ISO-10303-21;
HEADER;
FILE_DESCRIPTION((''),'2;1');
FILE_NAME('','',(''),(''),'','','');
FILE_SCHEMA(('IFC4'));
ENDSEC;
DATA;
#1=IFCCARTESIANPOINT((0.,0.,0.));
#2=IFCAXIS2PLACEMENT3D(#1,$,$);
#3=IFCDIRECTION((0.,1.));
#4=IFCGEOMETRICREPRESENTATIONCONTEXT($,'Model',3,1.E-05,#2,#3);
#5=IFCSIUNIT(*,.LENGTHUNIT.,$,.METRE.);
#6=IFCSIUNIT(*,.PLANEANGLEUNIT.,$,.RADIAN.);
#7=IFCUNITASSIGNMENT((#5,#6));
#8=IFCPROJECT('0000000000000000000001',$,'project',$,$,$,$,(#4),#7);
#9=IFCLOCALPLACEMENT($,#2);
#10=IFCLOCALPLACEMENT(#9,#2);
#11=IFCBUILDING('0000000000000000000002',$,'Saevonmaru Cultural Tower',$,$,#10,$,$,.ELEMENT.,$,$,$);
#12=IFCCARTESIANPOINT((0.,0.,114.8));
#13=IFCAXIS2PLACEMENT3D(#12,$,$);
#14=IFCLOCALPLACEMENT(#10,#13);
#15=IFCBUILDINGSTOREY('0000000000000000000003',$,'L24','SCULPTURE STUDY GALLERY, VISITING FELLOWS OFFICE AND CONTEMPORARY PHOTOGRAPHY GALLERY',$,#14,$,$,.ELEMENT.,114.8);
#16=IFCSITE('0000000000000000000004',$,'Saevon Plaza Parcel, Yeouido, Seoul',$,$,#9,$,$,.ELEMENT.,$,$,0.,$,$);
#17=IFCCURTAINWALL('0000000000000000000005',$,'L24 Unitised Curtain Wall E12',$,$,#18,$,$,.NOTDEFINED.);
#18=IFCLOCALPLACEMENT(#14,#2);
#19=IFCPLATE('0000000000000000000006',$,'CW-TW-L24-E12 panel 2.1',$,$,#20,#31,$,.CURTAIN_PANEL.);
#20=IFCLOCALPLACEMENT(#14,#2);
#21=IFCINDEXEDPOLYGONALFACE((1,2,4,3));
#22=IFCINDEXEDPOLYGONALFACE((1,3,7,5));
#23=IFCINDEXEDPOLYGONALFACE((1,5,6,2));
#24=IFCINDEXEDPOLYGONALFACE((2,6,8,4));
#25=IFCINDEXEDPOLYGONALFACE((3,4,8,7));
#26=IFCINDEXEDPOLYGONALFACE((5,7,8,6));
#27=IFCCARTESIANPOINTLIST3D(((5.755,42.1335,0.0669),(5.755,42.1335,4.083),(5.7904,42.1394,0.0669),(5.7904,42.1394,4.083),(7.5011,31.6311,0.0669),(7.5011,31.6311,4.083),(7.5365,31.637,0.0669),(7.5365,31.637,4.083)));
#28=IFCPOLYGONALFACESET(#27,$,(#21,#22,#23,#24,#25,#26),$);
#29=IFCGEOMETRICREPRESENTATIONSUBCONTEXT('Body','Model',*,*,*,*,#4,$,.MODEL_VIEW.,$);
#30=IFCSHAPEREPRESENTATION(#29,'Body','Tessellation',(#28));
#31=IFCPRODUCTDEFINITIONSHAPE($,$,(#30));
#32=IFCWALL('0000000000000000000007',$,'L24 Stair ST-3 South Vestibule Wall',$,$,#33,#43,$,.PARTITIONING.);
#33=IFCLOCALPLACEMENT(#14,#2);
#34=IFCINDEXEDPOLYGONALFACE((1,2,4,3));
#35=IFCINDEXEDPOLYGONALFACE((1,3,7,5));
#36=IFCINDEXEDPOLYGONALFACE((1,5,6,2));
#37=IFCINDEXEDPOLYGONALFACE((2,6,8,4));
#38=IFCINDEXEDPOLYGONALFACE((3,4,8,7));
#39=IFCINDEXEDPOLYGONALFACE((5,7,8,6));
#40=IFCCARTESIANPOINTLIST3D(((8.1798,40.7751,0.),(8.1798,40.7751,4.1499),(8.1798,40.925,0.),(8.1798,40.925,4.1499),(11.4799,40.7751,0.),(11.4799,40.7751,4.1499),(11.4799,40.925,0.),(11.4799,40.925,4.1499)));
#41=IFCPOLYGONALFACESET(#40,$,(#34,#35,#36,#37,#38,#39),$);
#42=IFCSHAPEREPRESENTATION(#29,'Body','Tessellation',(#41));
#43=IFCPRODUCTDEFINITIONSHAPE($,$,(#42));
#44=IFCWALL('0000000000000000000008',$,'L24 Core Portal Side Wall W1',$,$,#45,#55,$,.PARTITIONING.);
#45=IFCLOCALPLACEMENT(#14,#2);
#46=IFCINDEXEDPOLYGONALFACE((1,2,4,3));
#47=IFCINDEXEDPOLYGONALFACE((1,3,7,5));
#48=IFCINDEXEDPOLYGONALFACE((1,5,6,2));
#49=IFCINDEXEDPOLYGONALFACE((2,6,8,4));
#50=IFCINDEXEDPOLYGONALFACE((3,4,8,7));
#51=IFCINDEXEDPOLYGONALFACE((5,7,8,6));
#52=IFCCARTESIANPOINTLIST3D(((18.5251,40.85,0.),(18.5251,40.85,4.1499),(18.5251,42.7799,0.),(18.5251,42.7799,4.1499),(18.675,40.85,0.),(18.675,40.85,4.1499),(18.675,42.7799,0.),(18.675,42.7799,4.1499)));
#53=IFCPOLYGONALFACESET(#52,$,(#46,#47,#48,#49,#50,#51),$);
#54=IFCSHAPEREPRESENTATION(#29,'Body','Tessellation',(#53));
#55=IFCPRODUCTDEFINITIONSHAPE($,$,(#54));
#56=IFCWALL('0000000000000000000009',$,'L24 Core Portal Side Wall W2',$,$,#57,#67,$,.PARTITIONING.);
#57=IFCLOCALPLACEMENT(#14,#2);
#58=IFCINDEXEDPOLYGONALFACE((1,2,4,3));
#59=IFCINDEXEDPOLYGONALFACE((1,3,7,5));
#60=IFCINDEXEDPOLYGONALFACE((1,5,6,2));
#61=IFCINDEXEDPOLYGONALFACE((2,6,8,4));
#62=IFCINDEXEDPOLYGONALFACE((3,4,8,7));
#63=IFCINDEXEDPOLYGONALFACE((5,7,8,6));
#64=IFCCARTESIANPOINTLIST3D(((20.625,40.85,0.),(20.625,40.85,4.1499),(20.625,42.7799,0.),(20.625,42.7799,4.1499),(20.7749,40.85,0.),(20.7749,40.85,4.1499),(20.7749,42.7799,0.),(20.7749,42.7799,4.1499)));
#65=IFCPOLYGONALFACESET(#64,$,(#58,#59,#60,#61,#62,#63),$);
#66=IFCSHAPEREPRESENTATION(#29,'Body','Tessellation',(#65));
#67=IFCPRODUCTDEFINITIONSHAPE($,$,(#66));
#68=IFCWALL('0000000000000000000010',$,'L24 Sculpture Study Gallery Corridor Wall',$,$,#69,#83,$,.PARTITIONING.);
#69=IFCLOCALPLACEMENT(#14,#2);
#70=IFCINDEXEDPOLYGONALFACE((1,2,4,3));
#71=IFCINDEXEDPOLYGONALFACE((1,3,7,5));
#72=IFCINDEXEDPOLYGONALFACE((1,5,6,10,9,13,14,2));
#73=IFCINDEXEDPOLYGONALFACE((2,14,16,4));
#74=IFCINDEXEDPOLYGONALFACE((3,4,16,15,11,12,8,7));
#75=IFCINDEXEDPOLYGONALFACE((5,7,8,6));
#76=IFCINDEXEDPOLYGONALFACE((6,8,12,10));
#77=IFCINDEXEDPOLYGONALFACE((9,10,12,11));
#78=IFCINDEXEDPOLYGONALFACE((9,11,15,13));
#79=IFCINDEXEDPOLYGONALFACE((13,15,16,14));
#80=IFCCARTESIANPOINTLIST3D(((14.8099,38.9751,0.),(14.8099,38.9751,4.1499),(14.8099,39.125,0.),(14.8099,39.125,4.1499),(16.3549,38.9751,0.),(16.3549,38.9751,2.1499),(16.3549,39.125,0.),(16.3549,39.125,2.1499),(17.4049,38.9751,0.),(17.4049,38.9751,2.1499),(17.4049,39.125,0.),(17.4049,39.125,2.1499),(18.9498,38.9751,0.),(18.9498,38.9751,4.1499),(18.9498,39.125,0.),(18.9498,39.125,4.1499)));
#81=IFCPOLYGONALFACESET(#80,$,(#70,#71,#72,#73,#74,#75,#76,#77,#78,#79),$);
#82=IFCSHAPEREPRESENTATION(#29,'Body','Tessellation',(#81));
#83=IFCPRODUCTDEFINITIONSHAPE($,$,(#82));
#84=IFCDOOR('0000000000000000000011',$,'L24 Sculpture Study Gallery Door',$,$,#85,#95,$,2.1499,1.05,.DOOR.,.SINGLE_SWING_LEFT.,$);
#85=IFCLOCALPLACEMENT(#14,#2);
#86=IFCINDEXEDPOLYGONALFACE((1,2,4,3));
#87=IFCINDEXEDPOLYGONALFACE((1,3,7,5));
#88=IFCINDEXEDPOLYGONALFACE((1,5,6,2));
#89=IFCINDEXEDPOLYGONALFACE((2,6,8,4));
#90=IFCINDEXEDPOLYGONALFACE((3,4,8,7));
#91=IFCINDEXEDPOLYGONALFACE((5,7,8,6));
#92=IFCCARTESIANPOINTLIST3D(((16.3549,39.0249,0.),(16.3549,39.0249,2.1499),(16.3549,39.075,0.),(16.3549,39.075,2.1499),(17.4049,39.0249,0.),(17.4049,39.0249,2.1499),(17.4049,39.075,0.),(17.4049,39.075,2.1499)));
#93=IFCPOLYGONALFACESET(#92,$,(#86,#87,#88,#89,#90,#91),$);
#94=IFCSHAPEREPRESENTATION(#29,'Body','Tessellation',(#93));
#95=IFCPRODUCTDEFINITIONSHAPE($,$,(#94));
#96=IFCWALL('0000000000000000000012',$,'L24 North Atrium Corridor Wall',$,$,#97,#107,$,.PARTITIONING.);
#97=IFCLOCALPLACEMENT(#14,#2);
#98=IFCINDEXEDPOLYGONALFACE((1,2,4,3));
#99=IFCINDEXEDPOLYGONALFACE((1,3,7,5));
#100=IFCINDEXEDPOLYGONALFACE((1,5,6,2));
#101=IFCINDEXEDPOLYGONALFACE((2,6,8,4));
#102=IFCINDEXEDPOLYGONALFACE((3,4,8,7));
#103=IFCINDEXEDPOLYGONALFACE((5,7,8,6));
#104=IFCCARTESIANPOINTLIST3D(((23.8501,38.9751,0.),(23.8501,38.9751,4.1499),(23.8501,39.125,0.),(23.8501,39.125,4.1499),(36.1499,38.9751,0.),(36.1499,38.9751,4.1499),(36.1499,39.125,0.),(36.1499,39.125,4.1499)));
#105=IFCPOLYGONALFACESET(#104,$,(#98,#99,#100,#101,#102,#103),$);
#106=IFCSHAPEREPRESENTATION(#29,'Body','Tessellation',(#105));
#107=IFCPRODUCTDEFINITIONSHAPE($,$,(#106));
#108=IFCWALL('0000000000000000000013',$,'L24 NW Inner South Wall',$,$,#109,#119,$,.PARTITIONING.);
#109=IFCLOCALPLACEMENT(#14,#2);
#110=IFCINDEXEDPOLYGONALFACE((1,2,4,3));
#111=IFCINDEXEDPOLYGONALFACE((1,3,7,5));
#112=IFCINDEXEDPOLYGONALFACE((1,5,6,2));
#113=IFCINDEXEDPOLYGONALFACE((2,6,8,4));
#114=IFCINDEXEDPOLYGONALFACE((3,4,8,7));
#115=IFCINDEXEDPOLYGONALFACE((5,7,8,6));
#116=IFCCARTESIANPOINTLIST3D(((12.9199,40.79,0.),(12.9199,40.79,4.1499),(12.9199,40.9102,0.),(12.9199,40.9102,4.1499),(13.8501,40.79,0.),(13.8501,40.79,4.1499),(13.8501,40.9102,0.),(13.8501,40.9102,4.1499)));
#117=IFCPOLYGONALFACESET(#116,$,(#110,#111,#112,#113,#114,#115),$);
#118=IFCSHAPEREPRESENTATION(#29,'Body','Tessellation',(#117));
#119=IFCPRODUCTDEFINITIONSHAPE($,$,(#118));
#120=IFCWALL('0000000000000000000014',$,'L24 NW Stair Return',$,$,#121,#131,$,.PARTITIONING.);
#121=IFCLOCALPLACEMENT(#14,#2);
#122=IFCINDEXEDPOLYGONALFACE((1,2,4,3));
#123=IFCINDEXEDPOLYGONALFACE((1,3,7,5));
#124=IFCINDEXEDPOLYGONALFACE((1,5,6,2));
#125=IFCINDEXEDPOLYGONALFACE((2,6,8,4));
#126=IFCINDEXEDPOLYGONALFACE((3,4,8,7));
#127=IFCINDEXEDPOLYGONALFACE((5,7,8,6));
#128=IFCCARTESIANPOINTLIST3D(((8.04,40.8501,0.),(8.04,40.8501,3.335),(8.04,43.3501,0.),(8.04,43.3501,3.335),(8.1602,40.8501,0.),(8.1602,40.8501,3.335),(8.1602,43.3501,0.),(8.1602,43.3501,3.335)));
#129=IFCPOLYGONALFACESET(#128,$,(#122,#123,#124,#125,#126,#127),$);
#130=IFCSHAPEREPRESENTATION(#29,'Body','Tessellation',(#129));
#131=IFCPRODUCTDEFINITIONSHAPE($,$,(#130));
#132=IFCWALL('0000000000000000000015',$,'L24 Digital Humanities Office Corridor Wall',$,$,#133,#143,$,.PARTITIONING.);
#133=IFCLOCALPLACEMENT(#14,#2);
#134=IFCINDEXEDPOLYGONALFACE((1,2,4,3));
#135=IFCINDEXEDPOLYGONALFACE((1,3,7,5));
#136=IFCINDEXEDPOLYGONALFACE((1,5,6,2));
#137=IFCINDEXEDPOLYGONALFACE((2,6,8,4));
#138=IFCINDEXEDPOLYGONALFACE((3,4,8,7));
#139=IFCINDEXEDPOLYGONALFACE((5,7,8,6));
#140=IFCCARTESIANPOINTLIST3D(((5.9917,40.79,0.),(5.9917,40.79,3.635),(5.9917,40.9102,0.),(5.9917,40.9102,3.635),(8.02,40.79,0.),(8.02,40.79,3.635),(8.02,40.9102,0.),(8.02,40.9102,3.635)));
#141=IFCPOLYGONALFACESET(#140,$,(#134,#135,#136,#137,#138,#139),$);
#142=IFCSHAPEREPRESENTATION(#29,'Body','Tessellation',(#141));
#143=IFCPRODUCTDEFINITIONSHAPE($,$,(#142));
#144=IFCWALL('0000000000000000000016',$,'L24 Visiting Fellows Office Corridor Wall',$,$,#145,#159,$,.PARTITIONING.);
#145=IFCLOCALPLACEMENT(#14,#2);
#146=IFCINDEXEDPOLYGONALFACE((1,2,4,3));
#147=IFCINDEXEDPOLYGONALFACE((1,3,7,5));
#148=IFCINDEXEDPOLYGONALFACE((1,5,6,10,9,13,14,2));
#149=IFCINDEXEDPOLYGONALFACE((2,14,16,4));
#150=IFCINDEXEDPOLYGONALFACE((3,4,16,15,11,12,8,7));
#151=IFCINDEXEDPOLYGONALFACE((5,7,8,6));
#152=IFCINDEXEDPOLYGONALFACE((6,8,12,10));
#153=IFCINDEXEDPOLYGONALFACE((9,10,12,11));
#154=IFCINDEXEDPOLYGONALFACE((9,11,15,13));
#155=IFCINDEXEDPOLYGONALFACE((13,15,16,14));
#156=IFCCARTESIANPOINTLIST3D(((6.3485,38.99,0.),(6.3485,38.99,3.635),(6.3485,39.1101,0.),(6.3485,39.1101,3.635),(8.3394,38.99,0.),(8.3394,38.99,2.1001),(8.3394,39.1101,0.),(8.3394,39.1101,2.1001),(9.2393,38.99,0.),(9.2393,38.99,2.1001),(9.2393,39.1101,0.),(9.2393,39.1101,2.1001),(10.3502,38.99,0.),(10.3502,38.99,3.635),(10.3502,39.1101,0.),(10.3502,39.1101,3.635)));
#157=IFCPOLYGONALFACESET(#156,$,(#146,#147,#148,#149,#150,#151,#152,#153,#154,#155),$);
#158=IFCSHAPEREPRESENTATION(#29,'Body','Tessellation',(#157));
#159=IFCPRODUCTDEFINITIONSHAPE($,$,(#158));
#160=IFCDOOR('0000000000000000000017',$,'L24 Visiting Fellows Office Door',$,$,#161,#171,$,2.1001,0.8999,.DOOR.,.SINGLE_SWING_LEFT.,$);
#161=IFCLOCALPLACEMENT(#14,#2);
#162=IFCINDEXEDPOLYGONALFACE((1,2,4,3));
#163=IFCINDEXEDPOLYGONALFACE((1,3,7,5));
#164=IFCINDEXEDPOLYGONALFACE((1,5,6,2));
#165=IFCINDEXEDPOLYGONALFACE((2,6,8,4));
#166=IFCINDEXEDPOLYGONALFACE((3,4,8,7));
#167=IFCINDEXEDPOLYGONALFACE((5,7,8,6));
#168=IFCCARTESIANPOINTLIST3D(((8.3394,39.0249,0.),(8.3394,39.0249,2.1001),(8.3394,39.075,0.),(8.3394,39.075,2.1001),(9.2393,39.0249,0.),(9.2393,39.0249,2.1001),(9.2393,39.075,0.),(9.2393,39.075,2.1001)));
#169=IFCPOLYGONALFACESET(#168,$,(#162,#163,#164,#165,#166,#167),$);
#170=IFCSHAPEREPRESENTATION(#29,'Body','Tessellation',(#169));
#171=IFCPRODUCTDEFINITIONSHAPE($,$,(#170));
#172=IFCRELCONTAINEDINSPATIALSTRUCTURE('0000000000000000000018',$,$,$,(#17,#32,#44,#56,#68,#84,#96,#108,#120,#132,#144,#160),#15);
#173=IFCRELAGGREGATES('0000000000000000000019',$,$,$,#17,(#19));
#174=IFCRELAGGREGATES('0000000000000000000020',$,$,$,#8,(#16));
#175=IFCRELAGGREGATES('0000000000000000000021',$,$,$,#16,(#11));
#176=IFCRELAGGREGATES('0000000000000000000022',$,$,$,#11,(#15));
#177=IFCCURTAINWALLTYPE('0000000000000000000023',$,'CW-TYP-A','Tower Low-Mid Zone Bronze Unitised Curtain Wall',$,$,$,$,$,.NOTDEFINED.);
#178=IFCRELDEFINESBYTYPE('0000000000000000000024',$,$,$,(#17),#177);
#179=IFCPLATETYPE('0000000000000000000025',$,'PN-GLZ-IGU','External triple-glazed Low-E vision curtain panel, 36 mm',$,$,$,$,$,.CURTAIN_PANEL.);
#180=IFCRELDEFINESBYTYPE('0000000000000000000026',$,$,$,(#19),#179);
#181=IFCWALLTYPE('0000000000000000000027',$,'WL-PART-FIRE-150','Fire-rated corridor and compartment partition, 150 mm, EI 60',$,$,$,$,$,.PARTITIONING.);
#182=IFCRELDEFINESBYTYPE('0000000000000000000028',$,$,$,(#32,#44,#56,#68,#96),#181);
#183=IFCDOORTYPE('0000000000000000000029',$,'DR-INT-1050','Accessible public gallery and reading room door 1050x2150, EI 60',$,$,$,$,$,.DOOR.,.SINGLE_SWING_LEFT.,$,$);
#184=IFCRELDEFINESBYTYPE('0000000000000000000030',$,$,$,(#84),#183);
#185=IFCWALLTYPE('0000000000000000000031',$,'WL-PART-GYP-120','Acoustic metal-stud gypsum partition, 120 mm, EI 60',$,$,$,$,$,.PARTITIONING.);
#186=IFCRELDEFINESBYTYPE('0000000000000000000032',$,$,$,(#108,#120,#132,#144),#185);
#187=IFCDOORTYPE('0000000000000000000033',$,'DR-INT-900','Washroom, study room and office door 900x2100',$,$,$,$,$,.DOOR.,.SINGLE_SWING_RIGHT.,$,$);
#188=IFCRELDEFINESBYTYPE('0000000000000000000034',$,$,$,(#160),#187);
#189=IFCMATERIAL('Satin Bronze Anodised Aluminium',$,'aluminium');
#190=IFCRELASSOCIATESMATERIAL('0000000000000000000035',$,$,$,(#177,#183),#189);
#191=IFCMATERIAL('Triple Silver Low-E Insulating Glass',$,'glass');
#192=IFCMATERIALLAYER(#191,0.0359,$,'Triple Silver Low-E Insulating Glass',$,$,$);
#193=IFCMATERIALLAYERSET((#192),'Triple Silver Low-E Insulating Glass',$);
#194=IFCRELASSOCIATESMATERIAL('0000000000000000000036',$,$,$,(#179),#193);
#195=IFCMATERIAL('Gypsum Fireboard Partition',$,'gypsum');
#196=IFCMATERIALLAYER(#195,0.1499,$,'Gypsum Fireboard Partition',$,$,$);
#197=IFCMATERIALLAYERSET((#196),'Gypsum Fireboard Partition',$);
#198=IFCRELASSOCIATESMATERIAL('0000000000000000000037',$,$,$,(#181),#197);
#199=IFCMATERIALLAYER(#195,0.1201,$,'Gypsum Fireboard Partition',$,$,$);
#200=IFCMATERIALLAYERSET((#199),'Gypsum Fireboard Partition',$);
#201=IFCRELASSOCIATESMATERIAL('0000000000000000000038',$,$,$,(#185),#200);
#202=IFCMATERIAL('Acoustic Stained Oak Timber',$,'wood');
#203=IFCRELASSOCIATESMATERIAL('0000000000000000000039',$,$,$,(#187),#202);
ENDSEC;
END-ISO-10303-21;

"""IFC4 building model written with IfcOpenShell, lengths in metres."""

from ifc_helpers import new_model, si_unit, direction, frame, frame_2d, origin, origin_2d, place, context, subcontext, project, spatial, rectangle, extrude, material, layer, layer_set, type_object, element, fill, aggregate, save


model = new_model("IFC4")

# Units and contexts
model_context = context("Model", 3, precision=1e-05, world=origin(), true_north=direction((0.0, 1.0)))
body_context = subcontext(model_context, "Body", "Model", "MODEL_VIEW")
ifc_project = project(units=[si_unit("LENGTHUNIT", "METRE"), si_unit("PLANEANGLEUNIT", "RADIAN")], contexts=[model_context])

# Site, building, storey
site_placement = place(None, origin())
site = spatial("IfcSite", under=ifc_project, at=site_placement, Name="Saevon Plaza Parcel, Yeouido, Seoul", CompositionType="ELEMENT", RefElevation=0.0)
building_placement = place(site_placement, origin())
building = spatial("IfcBuilding", under=site, at=building_placement, Name="Saevonmaru Cultural Tower", CompositionType="ELEMENT")
storey_placement = place(building_placement, frame((0.0, 0.0, 114.8)))
storey = spatial("IfcBuildingStorey", under=building, at=storey_placement, Name="L24", Description="SCULPTURE STUDY GALLERY, VISITING FELLOWS OFFICE AND CONTEMPORARY PHOTOGRAPHY GALLERY", CompositionType="ELEMENT", Elevation=114.8)

# Shared definitions
ifc_material_1 = material(Name="Satin Bronze Anodised Aluminium", Category="aluminium")

# Curtain wall, plate
curtain_wall_type_1 = type_object("IfcCurtainWallType", Name="CW-TYP-A", Description="Tower Low-Mid Zone Bronze Unitised Curtain Wall", PredefinedType="NOTDEFINED", material=ifc_material_1)
curtain_wall_1_placement = place(storey_placement, origin())
curtain_wall_1 = element("IfcCurtainWall", 1, at=curtain_wall_1_placement, inside=storey, type_object=curtain_wall_type_1, Name="L24 Unitised Curtain Wall E12", PredefinedType="NOTDEFINED")
ifc_material_2 = material(Name="Triple Silver Low-E Insulating Glass", Category="glass")
ifc_layer_1 = layer(ifc_material_2, 0.0359, Name="Triple Silver Low-E Insulating Glass")
ifc_layer_set_1 = layer_set([ifc_layer_1], Name="Triple Silver Low-E Insulating Glass")
plate_type_1 = type_object("IfcPlateType", Name="PN-GLZ-IGU", Description="External triple-glazed Low-E vision curtain panel, 36 mm", PredefinedType="CURTAIN_PANEL", material=ifc_layer_set_1)
plate_1_placement = place(storey_placement, frame((6.6458, 36.8853, 0.0669), z_axis=(0.0, 0.0, 1.0), x_axis=(0.163999, -0.986461, 0.0)))
plate_1 = element("IfcPlate", 2, at=plate_1_placement, type_object=plate_type_1, Name="CW-TW-L24-E12 panel 2.1", PredefinedType="CURTAIN_PANEL", context=body_context, shape_type="SweptSolid", body=[
    extrude(rectangle(XDim=10.6465, YDim=0.0359, at=origin_2d()), origin(), (0.0, 0.0, 1.0), 4.0161),
])
aggregate(curtain_wall_1, [plate_1])

# Walls
ifc_material_3 = material(Name="Gypsum Fireboard Partition", Category="gypsum")
ifc_layer_2 = layer(ifc_material_3, 0.1499, Name="Gypsum Fireboard Partition")
ifc_layer_set_2 = layer_set([ifc_layer_2], Name="Gypsum Fireboard Partition")
wall_type_1 = type_object("IfcWallType", Name="WL-PART-FIRE-150", Description="Fire-rated corridor and compartment partition, 150 mm, EI 60", PredefinedType="PARTITIONING", material=ifc_layer_set_2)
wall_1_placement = place(storey_placement, frame((8.1799, 40.8501, 0.0), z_axis=(0.0, 0.0, 1.0), x_axis=(1.0, 0.0, 0.0)))
element("IfcWall", 3, at=wall_1_placement, inside=storey, type_object=wall_type_1, Name="L24 Stair ST-3 South Vestibule Wall", PredefinedType="PARTITIONING", context=body_context, shape_type="SweptSolid", body=[
    extrude(rectangle(XDim=3.3, YDim=0.1499, at=frame_2d((1.6499, 0.0))), origin(), (0.0, 0.0, 1.0), 4.1499),
])
for number, where, z_axis, x_axis, name in (
    (4, (18.6001, 40.8501, 0.0), (0.0, 0.0, 1.0), (0.0, 1.0, 0.0), "L24 Core Portal Side Wall W1"),
    (5, (20.7, 40.8501, 0.0), (0.0, 0.0, 1.0), (0.0, 1.0, 0.0), "L24 Core Portal Side Wall W2"),
):
    element("IfcWall", number, at=place(storey_placement, frame(where, z_axis=z_axis, x_axis=x_axis)), inside=storey, type_object=wall_type_1, Name=name, PredefinedType="PARTITIONING", context=body_context, shape_type="SweptSolid", body=[
        extrude(rectangle(XDim=1.9299, YDim=0.1499, at=frame_2d((0.9648, 0.0))), origin(), (0.0, 0.0, 1.0), 4.1499),
    ])

# Wall, opening, door
wall_2_placement = place(storey_placement, frame((14.8101, 39.05, 0.0), z_axis=(0.0, 0.0, 1.0), x_axis=(1.0, 0.0, 0.0)))
wall_2 = element("IfcWall", 6, at=wall_2_placement, inside=storey, type_object=wall_type_1, Name="L24 Sculpture Study Gallery Corridor Wall", PredefinedType="PARTITIONING", context=body_context, shape_type="SweptSolid", body=[
    extrude(rectangle(XDim=4.1399, YDim=0.1499, at=frame_2d((2.0698, 0.0))), origin(), (0.0, 0.0, 1.0), 4.1499),
])
opening_1_placement = place(wall_2_placement, frame((1.5449, 0.0, 0.0)))
opening_1 = element("IfcOpeningElement", 7, at=opening_1_placement, cuts=wall_2, PredefinedType="OPENING", context=body_context, shape_type="SweptSolid", body=[
    extrude(rectangle(XDim=1.05, YDim=2.1499, at=frame_2d((0.5249, 1.075))), frame((0.0, 0.085, 0.0), z_axis=(0.0, -1.0, 0.0), x_axis=(1.0, 0.0, 0.0)), (0.0, 0.0, 1.0), 0.1699),
])
door_type_1 = type_object("IfcDoorType", Name="DR-INT-1050", Description="Accessible public gallery and reading room door 1050x2150, EI 60", OperationType="SINGLE_SWING_LEFT", PredefinedType="DOOR", material=ifc_material_1)
door_1_placement = place(opening_1_placement, origin())
door_1 = element("IfcDoor", 8, at=door_1_placement, inside=storey, type_object=door_type_1, Name="L24 Sculpture Study Gallery Door", OperationType="SINGLE_SWING_LEFT", OverallHeight=2.1499, OverallWidth=1.05, PredefinedType="DOOR", context=body_context, shape_type="SweptSolid", body=[
    extrude(rectangle(XDim=1.05, YDim=2.1499, at=frame_2d((0.5249, 1.075))), frame((0.0, 0.0249, 0.0), z_axis=(0.0, -1.0, 0.0), x_axis=(1.0, 0.0, 0.0)), (0.0, 0.0, 1.0), 0.05),
])
fill(opening_1, door_1)

# Walls
wall_3_placement = place(storey_placement, frame((23.8501, 39.05, 0.0), z_axis=(0.0, 0.0, 1.0), x_axis=(1.0, 0.0, 0.0)))
element("IfcWall", 9, at=wall_3_placement, inside=storey, type_object=wall_type_1, Name="L24 North Atrium Corridor Wall", PredefinedType="PARTITIONING", context=body_context, shape_type="SweptSolid", body=[
    extrude(rectangle(XDim=12.2998, YDim=0.1499, at=frame_2d((6.1499, 0.0))), origin(), (0.0, 0.0, 1.0), 4.1499),
])
ifc_layer_3 = layer(ifc_material_3, 0.1201, Name="Gypsum Fireboard Partition")
ifc_layer_set_3 = layer_set([ifc_layer_3], Name="Gypsum Fireboard Partition")
wall_type_2 = type_object("IfcWallType", Name="WL-PART-GYP-120", Description="Acoustic metal-stud gypsum partition, 120 mm, EI 60", PredefinedType="PARTITIONING", material=ifc_layer_set_3)
wall_4_placement = place(storey_placement, frame((12.9199, 40.8501, 0.0), z_axis=(0.0, 0.0, 1.0), x_axis=(1.0, 0.0, 0.0)))
element("IfcWall", 10, at=wall_4_placement, inside=storey, type_object=wall_type_2, Name="L24 NW Inner South Wall", PredefinedType="PARTITIONING", context=body_context, shape_type="SweptSolid", body=[
    extrude(rectangle(XDim=0.9302, YDim=0.1201, at=frame_2d((0.4651, 0.0))), origin(), (0.0, 0.0, 1.0), 4.1499),
])
wall_5_placement = place(storey_placement, frame((8.1001, 40.8501, 0.0), z_axis=(0.0, 0.0, 1.0), x_axis=(0.0, 1.0, 0.0)))
element("IfcWall", 11, at=wall_5_placement, inside=storey, type_object=wall_type_2, Name="L24 NW Stair Return", PredefinedType="PARTITIONING", context=body_context, shape_type="SweptSolid", body=[
    extrude(rectangle(XDim=2.5, YDim=0.1201, at=frame_2d((1.25, 0.0))), origin(), (0.0, 0.0, 1.0), 3.335),
])
wall_6_placement = place(storey_placement, frame((5.9917, 40.8501, 0.0), z_axis=(0.0, 0.0, 1.0), x_axis=(1.0, 0.0, 0.0)))
element("IfcWall", 12, at=wall_6_placement, inside=storey, type_object=wall_type_2, Name="L24 Digital Humanities Office Corridor Wall", PredefinedType="PARTITIONING", context=body_context, shape_type="SweptSolid", body=[
    extrude(rectangle(XDim=2.0283, YDim=0.1201, at=frame_2d((1.0142, 0.0))), origin(), (0.0, 0.0, 1.0), 3.635),
])

# Wall, opening, door
wall_7_placement = place(storey_placement, frame((6.3484, 39.05, 0.0), z_axis=(0.0, 0.0, 1.0), x_axis=(1.0, 0.0, 0.0)))
wall_7 = element("IfcWall", 13, at=wall_7_placement, inside=storey, type_object=wall_type_2, Name="L24 Visiting Fellows Office Corridor Wall", PredefinedType="PARTITIONING", context=body_context, shape_type="SweptSolid", body=[
    extrude(rectangle(XDim=4.0017, YDim=0.1201, at=frame_2d((2.001, 0.0))), origin(), (0.0, 0.0, 1.0), 3.635),
])
opening_2_placement = place(wall_7_placement, frame((1.991, 0.0, 0.0)))
opening_2 = element("IfcOpeningElement", 14, at=opening_2_placement, cuts=wall_7, PredefinedType="OPENING", context=body_context, shape_type="SweptSolid", body=[
    extrude(rectangle(XDim=0.8999, YDim=2.1001, at=frame_2d((0.45, 1.05))), frame((0.0, 0.0701, 0.0), z_axis=(0.0, -1.0, 0.0), x_axis=(1.0, 0.0, 0.0)), (0.0, 0.0, 1.0), 0.1401),
])
ifc_material_4 = material(Name="Acoustic Stained Oak Timber", Category="wood")
door_type_2 = type_object("IfcDoorType", Name="DR-INT-900", Description="Washroom, study room and office door 900x2100", OperationType="SINGLE_SWING_RIGHT", PredefinedType="DOOR", material=ifc_material_4)
door_2_placement = place(opening_2_placement, origin())
door_2 = element("IfcDoor", 15, at=door_2_placement, inside=storey, type_object=door_type_2, Name="L24 Visiting Fellows Office Door", OperationType="SINGLE_SWING_LEFT", OverallHeight=2.1001, OverallWidth=0.8999, PredefinedType="DOOR", context=body_context, shape_type="SweptSolid", body=[
    extrude(rectangle(XDim=0.8999, YDim=2.1001, at=frame_2d((0.45, 1.05))), frame((0.0, 0.0249, 0.0), z_axis=(0.0, -1.0, 0.0), x_axis=(1.0, 0.0, 0.0)), (0.0, 0.0, 1.0), 0.05),
])
fill(opening_2, door_2)

save(model, "model.ifc")
